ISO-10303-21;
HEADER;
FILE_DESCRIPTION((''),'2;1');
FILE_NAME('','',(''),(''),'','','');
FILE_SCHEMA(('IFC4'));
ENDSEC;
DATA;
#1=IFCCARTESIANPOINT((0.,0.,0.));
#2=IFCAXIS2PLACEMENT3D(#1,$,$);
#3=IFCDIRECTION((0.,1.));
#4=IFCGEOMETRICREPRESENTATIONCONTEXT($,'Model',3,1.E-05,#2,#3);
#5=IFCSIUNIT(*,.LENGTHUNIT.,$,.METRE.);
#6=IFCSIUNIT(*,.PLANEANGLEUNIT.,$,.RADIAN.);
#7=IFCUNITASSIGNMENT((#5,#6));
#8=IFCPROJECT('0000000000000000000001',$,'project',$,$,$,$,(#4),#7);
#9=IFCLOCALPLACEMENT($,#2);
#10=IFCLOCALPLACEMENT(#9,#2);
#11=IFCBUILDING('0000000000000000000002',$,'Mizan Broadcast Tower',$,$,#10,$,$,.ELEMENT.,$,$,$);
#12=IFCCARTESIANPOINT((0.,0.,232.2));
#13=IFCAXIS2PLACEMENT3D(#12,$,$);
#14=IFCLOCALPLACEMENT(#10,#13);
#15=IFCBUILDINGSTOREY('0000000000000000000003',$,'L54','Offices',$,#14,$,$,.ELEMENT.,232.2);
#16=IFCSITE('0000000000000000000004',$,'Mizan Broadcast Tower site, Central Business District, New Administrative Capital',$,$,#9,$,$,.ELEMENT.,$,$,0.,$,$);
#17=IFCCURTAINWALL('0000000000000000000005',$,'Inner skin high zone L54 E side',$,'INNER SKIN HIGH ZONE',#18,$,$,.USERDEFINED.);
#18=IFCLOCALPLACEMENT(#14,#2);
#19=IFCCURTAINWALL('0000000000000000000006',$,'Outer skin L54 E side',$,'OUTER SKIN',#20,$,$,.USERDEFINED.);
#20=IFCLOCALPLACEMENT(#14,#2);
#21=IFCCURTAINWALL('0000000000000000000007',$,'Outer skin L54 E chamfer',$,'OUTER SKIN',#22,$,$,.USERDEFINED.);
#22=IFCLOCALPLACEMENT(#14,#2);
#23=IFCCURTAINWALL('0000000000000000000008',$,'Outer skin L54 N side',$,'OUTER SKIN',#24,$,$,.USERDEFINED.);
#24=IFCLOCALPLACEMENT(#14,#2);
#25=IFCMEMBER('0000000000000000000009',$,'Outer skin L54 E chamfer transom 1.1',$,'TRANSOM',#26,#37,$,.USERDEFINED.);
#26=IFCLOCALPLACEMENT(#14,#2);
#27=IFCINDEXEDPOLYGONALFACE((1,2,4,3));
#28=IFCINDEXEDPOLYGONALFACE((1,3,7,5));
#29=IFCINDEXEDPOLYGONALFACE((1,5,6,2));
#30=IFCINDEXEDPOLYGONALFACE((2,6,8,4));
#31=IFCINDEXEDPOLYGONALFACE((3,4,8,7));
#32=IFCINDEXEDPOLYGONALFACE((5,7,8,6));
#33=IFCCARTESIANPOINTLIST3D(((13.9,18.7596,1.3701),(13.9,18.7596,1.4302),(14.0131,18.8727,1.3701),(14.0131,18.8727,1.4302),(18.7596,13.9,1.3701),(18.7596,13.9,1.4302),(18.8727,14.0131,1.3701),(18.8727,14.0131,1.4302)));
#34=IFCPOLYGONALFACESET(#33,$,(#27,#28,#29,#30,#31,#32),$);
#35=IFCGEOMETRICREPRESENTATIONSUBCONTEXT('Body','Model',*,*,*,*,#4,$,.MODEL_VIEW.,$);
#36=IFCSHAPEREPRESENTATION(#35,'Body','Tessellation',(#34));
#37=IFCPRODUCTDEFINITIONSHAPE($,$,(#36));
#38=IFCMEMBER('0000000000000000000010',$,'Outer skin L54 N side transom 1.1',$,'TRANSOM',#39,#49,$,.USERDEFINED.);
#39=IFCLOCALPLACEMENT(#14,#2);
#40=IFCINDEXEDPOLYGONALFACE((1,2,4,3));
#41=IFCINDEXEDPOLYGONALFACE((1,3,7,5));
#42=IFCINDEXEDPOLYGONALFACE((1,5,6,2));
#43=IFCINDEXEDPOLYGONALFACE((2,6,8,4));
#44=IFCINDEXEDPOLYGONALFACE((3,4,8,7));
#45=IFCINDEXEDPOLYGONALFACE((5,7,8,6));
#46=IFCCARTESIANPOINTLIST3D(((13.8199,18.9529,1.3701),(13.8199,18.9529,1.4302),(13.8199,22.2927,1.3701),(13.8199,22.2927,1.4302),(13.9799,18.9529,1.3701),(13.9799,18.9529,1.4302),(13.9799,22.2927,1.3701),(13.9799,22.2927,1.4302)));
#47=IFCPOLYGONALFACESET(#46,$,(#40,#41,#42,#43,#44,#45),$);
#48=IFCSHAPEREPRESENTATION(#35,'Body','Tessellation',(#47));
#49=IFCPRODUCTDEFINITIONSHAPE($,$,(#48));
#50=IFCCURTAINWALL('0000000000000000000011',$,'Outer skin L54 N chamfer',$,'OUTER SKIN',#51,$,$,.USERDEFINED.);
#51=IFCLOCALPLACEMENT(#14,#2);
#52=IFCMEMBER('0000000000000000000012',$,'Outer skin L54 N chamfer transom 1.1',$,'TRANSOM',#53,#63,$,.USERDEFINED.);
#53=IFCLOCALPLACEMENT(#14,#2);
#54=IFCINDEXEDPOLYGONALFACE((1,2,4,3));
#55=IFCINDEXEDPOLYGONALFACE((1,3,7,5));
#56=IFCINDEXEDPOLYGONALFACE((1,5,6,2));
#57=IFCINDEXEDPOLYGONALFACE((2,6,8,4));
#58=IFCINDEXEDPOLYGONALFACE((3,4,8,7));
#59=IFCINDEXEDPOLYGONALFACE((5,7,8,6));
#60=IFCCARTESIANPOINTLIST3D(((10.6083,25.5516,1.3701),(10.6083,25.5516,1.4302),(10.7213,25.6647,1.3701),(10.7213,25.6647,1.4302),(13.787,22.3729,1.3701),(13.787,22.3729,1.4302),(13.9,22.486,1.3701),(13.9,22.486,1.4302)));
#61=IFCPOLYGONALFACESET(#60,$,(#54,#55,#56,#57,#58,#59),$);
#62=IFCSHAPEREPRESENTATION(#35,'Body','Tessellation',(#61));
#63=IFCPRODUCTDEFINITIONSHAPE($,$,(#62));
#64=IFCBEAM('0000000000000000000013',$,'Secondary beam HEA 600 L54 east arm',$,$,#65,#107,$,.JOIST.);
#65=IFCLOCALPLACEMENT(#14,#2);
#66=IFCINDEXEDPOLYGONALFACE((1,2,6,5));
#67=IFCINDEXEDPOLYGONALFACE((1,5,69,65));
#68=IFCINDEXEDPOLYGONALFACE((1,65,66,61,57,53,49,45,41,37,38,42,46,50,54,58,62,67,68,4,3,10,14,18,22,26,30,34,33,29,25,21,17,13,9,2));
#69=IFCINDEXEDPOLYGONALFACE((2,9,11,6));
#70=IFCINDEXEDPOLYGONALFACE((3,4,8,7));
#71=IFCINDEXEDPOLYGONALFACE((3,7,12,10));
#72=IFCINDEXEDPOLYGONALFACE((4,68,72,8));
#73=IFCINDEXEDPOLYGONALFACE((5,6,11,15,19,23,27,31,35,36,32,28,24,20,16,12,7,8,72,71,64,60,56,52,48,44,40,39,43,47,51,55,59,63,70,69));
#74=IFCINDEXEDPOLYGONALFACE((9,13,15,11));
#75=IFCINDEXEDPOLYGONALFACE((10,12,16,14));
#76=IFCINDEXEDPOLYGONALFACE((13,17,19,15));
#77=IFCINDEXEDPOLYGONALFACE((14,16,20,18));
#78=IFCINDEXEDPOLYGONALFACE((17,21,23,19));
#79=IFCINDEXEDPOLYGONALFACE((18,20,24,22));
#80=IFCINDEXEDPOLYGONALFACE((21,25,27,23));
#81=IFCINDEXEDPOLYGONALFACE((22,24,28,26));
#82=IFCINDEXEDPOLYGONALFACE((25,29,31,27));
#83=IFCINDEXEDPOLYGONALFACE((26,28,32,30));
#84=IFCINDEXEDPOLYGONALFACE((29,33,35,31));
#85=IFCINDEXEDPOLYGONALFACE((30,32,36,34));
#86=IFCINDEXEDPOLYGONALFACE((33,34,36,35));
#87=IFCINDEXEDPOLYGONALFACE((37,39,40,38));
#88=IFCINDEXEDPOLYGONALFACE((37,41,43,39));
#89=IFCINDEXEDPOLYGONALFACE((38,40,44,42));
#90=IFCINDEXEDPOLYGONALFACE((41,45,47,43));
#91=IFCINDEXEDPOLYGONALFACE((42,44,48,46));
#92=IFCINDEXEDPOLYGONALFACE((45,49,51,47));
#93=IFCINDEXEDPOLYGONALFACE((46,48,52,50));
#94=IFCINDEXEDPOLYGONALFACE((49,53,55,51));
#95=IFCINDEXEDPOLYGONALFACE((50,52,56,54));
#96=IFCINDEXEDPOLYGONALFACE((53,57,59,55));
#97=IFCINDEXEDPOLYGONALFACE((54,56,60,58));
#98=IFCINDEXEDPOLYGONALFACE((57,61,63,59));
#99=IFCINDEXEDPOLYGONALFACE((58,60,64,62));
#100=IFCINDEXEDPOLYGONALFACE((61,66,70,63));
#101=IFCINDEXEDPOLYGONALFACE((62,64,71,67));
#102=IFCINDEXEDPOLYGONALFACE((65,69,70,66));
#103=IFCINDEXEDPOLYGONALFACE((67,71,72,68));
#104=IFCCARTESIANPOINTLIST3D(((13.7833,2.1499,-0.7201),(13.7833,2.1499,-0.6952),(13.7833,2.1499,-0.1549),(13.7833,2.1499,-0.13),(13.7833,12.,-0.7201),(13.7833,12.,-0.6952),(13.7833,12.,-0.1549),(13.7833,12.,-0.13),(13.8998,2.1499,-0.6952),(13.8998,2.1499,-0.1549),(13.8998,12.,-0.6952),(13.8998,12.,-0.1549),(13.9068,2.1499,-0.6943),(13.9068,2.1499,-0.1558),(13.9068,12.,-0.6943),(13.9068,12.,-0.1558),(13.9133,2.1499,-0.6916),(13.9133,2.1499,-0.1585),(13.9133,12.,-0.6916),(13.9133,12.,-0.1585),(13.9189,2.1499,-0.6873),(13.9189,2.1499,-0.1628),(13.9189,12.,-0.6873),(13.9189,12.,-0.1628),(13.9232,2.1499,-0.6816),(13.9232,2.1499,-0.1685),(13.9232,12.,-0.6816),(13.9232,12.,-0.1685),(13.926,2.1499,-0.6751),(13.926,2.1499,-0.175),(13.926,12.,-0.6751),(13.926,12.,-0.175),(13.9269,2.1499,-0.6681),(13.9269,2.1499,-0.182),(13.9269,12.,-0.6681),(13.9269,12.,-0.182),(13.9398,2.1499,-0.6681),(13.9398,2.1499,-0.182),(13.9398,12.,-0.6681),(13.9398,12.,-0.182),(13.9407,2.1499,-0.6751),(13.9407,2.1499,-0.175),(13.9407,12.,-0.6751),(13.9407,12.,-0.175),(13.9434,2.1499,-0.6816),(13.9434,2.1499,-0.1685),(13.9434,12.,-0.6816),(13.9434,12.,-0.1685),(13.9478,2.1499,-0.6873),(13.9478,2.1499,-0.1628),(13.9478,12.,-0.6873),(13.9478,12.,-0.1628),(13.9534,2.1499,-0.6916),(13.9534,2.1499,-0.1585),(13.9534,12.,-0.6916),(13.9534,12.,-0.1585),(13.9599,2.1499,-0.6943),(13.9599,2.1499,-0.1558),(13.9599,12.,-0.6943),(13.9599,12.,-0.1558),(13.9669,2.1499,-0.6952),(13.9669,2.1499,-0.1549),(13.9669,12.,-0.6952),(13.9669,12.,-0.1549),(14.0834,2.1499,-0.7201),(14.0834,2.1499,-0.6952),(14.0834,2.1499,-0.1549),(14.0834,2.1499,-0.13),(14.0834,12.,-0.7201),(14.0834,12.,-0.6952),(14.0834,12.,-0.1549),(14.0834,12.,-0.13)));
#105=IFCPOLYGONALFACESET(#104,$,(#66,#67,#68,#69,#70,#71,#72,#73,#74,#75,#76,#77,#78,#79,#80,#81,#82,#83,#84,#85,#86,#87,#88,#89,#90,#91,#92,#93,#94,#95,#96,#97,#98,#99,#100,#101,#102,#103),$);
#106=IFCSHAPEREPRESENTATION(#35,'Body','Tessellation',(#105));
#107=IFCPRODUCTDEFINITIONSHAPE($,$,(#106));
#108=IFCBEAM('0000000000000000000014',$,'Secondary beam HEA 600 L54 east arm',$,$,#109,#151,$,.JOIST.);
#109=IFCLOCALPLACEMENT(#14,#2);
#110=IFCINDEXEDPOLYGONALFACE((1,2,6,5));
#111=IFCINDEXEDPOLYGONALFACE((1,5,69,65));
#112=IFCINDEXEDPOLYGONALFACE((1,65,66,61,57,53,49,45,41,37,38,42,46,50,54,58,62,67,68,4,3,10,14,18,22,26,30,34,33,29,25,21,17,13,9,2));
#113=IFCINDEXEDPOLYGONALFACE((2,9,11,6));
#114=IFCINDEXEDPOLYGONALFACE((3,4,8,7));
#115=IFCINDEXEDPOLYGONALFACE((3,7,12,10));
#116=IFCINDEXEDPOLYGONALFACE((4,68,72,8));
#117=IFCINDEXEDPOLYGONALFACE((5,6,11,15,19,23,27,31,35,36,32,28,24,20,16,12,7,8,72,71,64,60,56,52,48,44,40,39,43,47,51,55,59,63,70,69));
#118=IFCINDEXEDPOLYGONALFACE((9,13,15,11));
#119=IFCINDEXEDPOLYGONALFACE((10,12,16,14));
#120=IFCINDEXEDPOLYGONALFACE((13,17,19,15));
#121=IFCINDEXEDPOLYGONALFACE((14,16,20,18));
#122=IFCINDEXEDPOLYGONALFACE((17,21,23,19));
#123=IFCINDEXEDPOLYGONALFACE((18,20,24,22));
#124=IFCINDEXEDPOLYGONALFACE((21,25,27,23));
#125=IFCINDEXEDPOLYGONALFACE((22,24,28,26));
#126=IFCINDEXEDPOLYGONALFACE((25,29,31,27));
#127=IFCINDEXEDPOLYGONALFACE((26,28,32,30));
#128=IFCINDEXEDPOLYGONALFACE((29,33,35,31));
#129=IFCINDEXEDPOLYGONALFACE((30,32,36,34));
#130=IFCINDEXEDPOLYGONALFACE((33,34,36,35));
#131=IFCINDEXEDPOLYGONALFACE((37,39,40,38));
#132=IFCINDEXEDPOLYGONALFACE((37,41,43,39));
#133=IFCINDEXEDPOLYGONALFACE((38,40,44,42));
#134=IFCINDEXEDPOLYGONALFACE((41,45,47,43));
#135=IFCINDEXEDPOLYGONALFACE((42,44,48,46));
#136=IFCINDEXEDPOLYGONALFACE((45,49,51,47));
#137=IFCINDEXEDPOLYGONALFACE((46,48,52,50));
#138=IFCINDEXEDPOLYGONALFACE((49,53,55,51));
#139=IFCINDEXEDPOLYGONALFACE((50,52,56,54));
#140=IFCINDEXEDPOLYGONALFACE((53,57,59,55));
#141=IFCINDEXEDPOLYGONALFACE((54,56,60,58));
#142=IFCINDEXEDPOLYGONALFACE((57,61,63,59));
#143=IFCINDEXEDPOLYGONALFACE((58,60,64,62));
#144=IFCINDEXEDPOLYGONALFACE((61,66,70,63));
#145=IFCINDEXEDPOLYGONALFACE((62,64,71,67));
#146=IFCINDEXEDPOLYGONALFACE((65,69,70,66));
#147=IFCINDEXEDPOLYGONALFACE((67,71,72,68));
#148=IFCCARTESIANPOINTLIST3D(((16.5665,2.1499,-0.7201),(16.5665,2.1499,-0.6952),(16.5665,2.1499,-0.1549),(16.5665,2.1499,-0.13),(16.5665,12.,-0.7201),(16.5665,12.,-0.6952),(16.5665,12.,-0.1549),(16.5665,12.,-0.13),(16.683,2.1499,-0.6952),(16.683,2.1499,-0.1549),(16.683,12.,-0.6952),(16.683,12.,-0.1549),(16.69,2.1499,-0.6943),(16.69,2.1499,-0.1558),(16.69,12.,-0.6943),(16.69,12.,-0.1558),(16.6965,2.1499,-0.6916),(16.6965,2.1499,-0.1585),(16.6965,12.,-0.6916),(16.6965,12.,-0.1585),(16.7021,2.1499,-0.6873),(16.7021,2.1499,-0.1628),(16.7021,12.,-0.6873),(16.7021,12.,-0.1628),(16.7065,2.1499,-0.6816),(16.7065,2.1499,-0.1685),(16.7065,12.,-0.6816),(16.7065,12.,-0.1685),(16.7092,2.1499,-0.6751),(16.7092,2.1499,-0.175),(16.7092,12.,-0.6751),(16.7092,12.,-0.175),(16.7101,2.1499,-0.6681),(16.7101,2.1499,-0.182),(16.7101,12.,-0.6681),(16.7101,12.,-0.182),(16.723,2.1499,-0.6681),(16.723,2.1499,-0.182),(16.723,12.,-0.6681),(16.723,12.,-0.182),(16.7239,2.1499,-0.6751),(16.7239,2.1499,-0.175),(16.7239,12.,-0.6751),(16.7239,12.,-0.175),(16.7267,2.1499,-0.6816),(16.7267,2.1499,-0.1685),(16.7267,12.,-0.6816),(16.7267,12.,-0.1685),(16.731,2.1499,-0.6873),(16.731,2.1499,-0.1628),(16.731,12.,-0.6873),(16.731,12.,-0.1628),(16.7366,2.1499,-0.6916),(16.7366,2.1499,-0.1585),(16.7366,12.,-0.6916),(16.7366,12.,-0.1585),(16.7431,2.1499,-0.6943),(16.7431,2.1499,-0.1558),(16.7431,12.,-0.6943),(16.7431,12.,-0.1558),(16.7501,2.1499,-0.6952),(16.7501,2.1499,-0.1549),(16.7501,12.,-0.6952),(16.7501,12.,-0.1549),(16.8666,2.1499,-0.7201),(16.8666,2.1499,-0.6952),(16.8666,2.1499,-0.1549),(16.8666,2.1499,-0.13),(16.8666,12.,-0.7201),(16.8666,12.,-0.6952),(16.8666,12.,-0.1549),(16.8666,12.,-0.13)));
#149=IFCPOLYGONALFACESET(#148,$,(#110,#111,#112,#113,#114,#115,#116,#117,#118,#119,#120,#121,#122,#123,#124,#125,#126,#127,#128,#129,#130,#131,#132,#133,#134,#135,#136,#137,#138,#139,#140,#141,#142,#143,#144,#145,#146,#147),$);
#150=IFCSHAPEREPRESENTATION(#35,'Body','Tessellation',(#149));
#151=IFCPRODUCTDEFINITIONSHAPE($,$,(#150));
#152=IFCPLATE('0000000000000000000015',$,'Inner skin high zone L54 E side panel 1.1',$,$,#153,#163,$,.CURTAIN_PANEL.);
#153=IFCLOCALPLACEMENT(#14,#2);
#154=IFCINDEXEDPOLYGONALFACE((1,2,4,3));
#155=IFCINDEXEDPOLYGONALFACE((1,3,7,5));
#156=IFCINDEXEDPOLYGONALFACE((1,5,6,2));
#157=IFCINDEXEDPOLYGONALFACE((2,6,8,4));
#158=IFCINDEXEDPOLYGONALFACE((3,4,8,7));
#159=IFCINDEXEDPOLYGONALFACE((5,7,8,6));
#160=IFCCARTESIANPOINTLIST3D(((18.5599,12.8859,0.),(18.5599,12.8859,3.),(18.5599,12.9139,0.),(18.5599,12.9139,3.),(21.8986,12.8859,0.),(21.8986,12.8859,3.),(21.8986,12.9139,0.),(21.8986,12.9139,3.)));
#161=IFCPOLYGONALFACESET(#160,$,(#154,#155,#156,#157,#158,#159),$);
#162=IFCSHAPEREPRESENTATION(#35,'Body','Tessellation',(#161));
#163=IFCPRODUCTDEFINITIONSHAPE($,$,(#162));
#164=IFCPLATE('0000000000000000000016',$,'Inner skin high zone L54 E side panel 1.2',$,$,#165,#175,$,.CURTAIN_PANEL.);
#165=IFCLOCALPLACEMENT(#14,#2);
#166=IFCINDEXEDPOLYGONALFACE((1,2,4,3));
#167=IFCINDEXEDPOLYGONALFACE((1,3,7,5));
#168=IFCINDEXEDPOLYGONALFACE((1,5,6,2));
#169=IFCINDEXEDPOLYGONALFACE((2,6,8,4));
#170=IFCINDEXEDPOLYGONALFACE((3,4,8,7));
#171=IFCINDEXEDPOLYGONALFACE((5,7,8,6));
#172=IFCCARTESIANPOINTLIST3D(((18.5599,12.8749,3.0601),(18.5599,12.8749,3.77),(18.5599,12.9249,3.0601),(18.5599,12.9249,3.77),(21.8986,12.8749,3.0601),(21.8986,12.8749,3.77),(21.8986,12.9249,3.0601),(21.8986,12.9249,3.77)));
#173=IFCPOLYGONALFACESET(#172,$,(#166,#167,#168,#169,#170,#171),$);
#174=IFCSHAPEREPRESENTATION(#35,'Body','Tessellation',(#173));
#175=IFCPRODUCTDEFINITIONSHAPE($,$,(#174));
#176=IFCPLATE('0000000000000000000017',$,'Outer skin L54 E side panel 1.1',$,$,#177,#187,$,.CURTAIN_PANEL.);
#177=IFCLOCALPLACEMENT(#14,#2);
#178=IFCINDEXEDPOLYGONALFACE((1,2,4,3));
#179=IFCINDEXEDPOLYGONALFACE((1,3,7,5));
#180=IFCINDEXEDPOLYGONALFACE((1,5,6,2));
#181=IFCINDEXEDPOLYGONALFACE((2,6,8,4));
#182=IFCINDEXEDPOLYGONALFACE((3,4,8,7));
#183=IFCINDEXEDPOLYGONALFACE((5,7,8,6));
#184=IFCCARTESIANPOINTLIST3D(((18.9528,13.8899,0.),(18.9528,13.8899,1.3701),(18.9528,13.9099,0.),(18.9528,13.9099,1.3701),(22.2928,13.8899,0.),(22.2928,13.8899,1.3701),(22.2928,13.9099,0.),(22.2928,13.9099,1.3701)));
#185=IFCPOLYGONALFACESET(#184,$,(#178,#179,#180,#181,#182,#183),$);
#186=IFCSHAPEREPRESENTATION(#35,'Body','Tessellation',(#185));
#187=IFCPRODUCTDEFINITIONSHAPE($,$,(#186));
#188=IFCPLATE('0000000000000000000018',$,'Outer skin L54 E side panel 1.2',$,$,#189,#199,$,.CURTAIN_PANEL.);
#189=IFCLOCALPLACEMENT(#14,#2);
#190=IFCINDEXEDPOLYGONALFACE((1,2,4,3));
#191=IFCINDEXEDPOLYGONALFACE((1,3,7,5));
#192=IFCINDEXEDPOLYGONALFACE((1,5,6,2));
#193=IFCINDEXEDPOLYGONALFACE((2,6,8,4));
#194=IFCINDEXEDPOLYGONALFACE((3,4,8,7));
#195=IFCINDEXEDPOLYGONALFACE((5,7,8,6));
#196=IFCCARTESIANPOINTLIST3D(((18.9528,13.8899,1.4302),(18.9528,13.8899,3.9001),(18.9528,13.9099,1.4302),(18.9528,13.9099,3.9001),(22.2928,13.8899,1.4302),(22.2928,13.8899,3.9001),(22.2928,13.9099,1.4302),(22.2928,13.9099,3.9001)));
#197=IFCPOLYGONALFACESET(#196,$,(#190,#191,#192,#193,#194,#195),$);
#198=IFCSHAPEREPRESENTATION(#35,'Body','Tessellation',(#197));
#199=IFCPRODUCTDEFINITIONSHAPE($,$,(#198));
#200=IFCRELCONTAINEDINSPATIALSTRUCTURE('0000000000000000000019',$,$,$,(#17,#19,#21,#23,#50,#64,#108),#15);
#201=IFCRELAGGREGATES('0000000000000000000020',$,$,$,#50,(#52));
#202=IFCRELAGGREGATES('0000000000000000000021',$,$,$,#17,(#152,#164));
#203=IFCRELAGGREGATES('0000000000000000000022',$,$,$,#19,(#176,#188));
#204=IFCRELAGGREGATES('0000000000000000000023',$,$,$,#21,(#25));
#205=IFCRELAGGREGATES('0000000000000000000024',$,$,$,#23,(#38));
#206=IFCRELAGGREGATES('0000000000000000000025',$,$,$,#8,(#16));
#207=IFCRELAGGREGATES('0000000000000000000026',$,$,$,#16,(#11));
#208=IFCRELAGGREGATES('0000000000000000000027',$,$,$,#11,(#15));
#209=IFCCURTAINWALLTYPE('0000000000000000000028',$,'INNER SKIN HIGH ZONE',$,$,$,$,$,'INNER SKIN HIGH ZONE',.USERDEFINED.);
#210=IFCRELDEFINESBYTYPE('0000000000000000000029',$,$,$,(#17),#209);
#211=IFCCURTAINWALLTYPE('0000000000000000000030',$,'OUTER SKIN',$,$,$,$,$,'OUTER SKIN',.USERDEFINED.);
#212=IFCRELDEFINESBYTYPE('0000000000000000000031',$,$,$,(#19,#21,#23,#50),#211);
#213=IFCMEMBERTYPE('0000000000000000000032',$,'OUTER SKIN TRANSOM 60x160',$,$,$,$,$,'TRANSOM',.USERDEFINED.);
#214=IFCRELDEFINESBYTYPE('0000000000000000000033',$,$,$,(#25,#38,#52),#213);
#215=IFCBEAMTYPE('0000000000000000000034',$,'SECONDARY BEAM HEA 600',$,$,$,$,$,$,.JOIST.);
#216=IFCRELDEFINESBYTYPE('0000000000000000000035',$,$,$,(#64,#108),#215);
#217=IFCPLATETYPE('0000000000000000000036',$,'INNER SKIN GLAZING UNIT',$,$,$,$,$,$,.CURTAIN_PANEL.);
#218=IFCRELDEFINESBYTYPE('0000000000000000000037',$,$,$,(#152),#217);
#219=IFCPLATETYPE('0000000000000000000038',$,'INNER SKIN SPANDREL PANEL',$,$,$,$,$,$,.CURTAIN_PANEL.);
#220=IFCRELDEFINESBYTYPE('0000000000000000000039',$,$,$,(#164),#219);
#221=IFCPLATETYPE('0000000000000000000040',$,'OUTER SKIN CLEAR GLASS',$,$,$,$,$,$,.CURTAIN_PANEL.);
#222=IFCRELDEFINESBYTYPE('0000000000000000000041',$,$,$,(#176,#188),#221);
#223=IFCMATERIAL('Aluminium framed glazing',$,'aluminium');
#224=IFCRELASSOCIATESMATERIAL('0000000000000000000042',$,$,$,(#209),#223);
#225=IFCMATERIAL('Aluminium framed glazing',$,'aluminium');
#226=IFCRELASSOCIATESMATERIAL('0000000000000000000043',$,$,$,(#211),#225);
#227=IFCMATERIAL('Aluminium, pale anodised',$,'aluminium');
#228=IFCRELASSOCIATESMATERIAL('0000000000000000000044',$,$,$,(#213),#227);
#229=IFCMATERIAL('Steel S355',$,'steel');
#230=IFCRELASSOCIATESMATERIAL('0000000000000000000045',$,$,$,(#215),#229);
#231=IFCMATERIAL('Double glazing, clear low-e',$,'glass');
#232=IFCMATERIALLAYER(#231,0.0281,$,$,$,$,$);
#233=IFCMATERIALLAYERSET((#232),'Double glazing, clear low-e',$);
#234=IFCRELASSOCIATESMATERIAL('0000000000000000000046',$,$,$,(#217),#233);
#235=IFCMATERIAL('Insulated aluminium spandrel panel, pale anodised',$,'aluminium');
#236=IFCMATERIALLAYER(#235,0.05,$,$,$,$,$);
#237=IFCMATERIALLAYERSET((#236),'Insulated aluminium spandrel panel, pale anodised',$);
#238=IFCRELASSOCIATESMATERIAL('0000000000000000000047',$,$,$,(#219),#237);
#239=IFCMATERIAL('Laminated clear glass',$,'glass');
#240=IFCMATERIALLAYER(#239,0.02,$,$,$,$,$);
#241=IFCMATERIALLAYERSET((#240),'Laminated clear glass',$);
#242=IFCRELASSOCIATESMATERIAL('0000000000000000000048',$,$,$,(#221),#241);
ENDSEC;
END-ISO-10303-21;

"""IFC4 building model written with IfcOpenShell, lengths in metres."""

from ifc_helpers import new_model, si_unit, direction, frame, origin, origin_2d, place, context, subcontext, project, spatial, rectangle, i_section, extrude, material, layer, layer_set, material_profile, profile_set, type_object, element, aggregate, save


model = new_model("IFC4")

# Units and contexts
model_context = context("Model", 3, precision=1e-05, world=origin(), true_north=direction((0.0, 1.0)))
body_context = subcontext(model_context, "Body", "Model", "MODEL_VIEW")
ifc_project = project(units=[si_unit("LENGTHUNIT", "METRE"), si_unit("PLANEANGLEUNIT", "RADIAN")], contexts=[model_context])

# Site, building, storey
site_placement = place(None, origin())
site = spatial("IfcSite", under=ifc_project, at=site_placement, Name="Mizan Broadcast Tower site, Central Business District, New Administrative Capital", CompositionType="ELEMENT", RefElevation=0.0)
building_placement = place(site_placement, origin())
building = spatial("IfcBuilding", under=site, at=building_placement, Name="Mizan Broadcast Tower", CompositionType="ELEMENT")
storey_placement = place(building_placement, frame((0.0, 0.0, 232.2)))
storey = spatial("IfcBuildingStorey", under=building, at=storey_placement, Name="L54", Description="Offices", CompositionType="ELEMENT", Elevation=232.2)

# Curtain wall
ifc_material_1 = material(Name="Aluminium framed glazing", Category="aluminium")
curtain_wall_type_1 = type_object("IfcCurtainWallType", Name="INNER SKIN HIGH ZONE", ElementType="INNER SKIN HIGH ZONE", PredefinedType="USERDEFINED", material=ifc_material_1)
curtain_wall_1_placement = place(storey_placement, origin())
curtain_wall_1 = element("IfcCurtainWall", 1, at=curtain_wall_1_placement, inside=storey, type_object=curtain_wall_type_1, Name="Inner skin high zone L54 E side", ObjectType="INNER SKIN HIGH ZONE", PredefinedType="USERDEFINED")

# Curtain walls
ifc_material_2 = material(Name="Aluminium framed glazing", Category="aluminium")
curtain_wall_type_2 = type_object("IfcCurtainWallType", Name="OUTER SKIN", ElementType="OUTER SKIN", PredefinedType="USERDEFINED", material=ifc_material_2)
curtain_wall_2_placement = place(storey_placement, origin())
curtain_wall_2 = element("IfcCurtainWall", 2, at=curtain_wall_2_placement, inside=storey, type_object=curtain_wall_type_2, Name="Outer skin L54 E side", ObjectType="OUTER SKIN", PredefinedType="USERDEFINED")
curtain_wall_3_placement = place(storey_placement, origin())
curtain_wall_3 = element("IfcCurtainWall", 3, at=curtain_wall_3_placement, inside=storey, type_object=curtain_wall_type_2, Name="Outer skin L54 E chamfer", ObjectType="OUTER SKIN", PredefinedType="USERDEFINED")
curtain_wall_4_placement = place(storey_placement, origin())
curtain_wall_4 = element("IfcCurtainWall", 4, at=curtain_wall_4_placement, inside=storey, type_object=curtain_wall_type_2, Name="Outer skin L54 N side", ObjectType="OUTER SKIN", PredefinedType="USERDEFINED")

# Members
ifc_material_3 = material(Name="Aluminium, pale anodised", Category="aluminium")
ifc_material_profile_1 = material_profile(ifc_material_3, rectangle(XDim=0.1599, YDim=0.0601, at=origin_2d()), Name="TRANSOM 160x60")
ifc_profile_set_1 = profile_set([ifc_material_profile_1], Name="Aluminium, pale anodised")
member_type_1 = type_object("IfcMemberType", Name="OUTER SKIN TRANSOM 60x160", ElementType="TRANSOM", PredefinedType="USERDEFINED", material=ifc_profile_set_1)
member_1_placement = place(storey_placement, frame((18.8162, 13.9565, 1.4001), z_axis=(-0.707107, 0.707107, 0.0), x_axis=(-0.707107, -0.707107, 0.0)))
member_1 = element("IfcMember", 5, at=member_1_placement, type_object=member_type_1, Name="Outer skin L54 E chamfer transom 1.1", ObjectType="TRANSOM", PredefinedType="USERDEFINED", context=body_context, shape_type="SweptSolid", body=[
    extrude(rectangle(XDim=0.1599, YDim=0.0601, at=origin_2d()), origin(), (0.0, 0.0, 1.0), 6.8726),
])
member_2_placement = place(storey_placement, frame((13.8999, 18.9529, 1.4001), z_axis=(0.0, 1.0, 0.0), x_axis=(-1.0, 0.0, 0.0)))
member_2 = element("IfcMember", 6, at=member_2_placement, type_object=member_type_1, Name="Outer skin L54 N side transom 1.1", ObjectType="TRANSOM", PredefinedType="USERDEFINED", context=body_context, shape_type="SweptSolid", body=[
    extrude(rectangle(XDim=0.1599, YDim=0.0601, at=origin_2d()), origin(), (0.0, 0.0, 1.0), 3.3398),
])

# Curtain wall, member
curtain_wall_5_placement = place(storey_placement, origin())
curtain_wall_5 = element("IfcCurtainWall", 7, at=curtain_wall_5_placement, inside=storey, type_object=curtain_wall_type_2, Name="Outer skin L54 N chamfer", ObjectType="OUTER SKIN", PredefinedType="USERDEFINED")
member_3_placement = place(storey_placement, frame((13.8435, 22.4294, 1.4001), z_axis=(-0.707107, 0.707107, 0.0), x_axis=(-0.707107, -0.707107, 0.0)))
member_3 = element("IfcMember", 8, at=member_3_placement, type_object=member_type_1, Name="Outer skin L54 N chamfer transom 1.1", ObjectType="TRANSOM", PredefinedType="USERDEFINED", context=body_context, shape_type="SweptSolid", body=[
    extrude(rectangle(XDim=0.1599, YDim=0.0601, at=origin_2d()), origin(), (0.0, 0.0, 1.0), 4.4954),
])
aggregate(curtain_wall_5, [member_3])

# Beams
ifc_material_4 = material(Name="Steel S355", Category="steel")
ifc_material_profile_2 = material_profile(ifc_material_4, i_section(OverallWidth=0.3, OverallDepth=0.5901, WebThickness=0.0129, FlangeThickness=0.0249, FilletRadius=0.0271, at=origin_2d()), Name="HEA 600")
ifc_profile_set_2 = profile_set([ifc_material_profile_2], Name="Steel S355")
beam_type_1 = type_object("IfcBeamType", Name="SECONDARY BEAM HEA 600", PredefinedType="JOIST", material=ifc_profile_set_2)
for number, where, z_axis, x_axis, name in (
    (9, (13.9333, 12.0, -0.425), (0.0, -1.0, 0.0), (1.0, 0.0, 0.0), "Secondary beam HEA 600 L54 east arm"),
    (10, (16.7166, 12.0, -0.425), (0.0, -1.0, 0.0), (1.0, 0.0, 0.0), "Secondary beam HEA 600 L54 east arm"),
):
    element("IfcBeam", number, at=place(storey_placement, frame(where, z_axis=z_axis, x_axis=x_axis)), inside=storey, type_object=beam_type_1, Name=name, PredefinedType="JOIST", context=body_context, shape_type="SweptSolid", body=[
        extrude(i_section(OverallWidth=0.3, OverallDepth=0.5901, WebThickness=0.0129, FlangeThickness=0.0249, FilletRadius=0.0271, at=origin_2d()), origin(), (0.0, 0.0, 1.0), 9.8501),
    ])

# Plates
ifc_material_5 = material(Name="Double glazing, clear low-e", Category="glass")
ifc_layer_1 = layer(ifc_material_5, 0.0281)
ifc_layer_set_1 = layer_set([ifc_layer_1], Name="Double glazing, clear low-e")
plate_type_1 = type_object("IfcPlateType", Name="INNER SKIN GLAZING UNIT", PredefinedType="CURTAIN_PANEL", material=ifc_layer_set_1)
plate_1_placement = place(storey_placement, frame((20.2292, 12.8999, 0.0), z_axis=(0.0, 0.0, 1.0), x_axis=(-1.0, 0.0, 0.0)))
plate_1 = element("IfcPlate", 11, at=plate_1_placement, type_object=plate_type_1, Name="Inner skin high zone L54 E side panel 1.1", PredefinedType="CURTAIN_PANEL", context=body_context, shape_type="SweptSolid", body=[
    extrude(rectangle(XDim=3.3386, YDim=0.0281, at=origin_2d()), origin(), (0.0, 0.0, 1.0), 3.0),
])
ifc_material_6 = material(Name="Insulated aluminium spandrel panel, pale anodised", Category="aluminium")
ifc_layer_2 = layer(ifc_material_6, 0.05)
ifc_layer_set_2 = layer_set([ifc_layer_2], Name="Insulated aluminium spandrel panel, pale anodised")
plate_type_2 = type_object("IfcPlateType", Name="INNER SKIN SPANDREL PANEL", PredefinedType="CURTAIN_PANEL", material=ifc_layer_set_2)
plate_2_placement = place(storey_placement, frame((20.2292, 12.8999, 3.0601), z_axis=(0.0, 0.0, 1.0), x_axis=(-1.0, 0.0, 0.0)))
plate_2 = element("IfcPlate", 12, at=plate_2_placement, type_object=plate_type_2, Name="Inner skin high zone L54 E side panel 1.2", PredefinedType="CURTAIN_PANEL", context=body_context, shape_type="SweptSolid", body=[
    extrude(rectangle(XDim=3.3386, YDim=0.05, at=origin_2d()), origin(), (0.0, 0.0, 1.0), 0.71),
])
aggregate(curtain_wall_1, [plate_1, plate_2])
ifc_material_7 = material(Name="Laminated clear glass", Category="glass")
ifc_layer_3 = layer(ifc_material_7, 0.02)
ifc_layer_set_3 = layer_set([ifc_layer_3], Name="Laminated clear glass")
plate_type_3 = type_object("IfcPlateType", Name="OUTER SKIN CLEAR GLASS", PredefinedType="CURTAIN_PANEL", material=ifc_layer_set_3)
plate_3_placement = place(storey_placement, frame((20.6228, 13.8999, 0.0), z_axis=(0.0, 0.0, 1.0), x_axis=(-1.0, 0.0, 0.0)))
plate_3 = element("IfcPlate", 13, at=plate_3_placement, type_object=plate_type_3, Name="Outer skin L54 E side panel 1.1", PredefinedType="CURTAIN_PANEL", context=body_context, shape_type="SweptSolid", body=[
    extrude(rectangle(XDim=3.3401, YDim=0.02, at=origin_2d()), origin(), (0.0, 0.0, 1.0), 1.3701),
])
plate_4_placement = place(storey_placement, frame((20.6228, 13.8999, 1.4302), z_axis=(0.0, 0.0, 1.0), x_axis=(-1.0, 0.0, 0.0)))
plate_4 = element("IfcPlate", 14, at=plate_4_placement, type_object=plate_type_3, Name="Outer skin L54 E side panel 1.2", PredefinedType="CURTAIN_PANEL", context=body_context, shape_type="SweptSolid", body=[
    extrude(rectangle(XDim=3.3401, YDim=0.02, at=origin_2d()), origin(), (0.0, 0.0, 1.0), 2.47),
])
aggregate(curtain_wall_2, [plate_3, plate_4])
aggregate(curtain_wall_3, [member_1])
aggregate(curtain_wall_4, [member_2])

save(model, "model.ifc")
